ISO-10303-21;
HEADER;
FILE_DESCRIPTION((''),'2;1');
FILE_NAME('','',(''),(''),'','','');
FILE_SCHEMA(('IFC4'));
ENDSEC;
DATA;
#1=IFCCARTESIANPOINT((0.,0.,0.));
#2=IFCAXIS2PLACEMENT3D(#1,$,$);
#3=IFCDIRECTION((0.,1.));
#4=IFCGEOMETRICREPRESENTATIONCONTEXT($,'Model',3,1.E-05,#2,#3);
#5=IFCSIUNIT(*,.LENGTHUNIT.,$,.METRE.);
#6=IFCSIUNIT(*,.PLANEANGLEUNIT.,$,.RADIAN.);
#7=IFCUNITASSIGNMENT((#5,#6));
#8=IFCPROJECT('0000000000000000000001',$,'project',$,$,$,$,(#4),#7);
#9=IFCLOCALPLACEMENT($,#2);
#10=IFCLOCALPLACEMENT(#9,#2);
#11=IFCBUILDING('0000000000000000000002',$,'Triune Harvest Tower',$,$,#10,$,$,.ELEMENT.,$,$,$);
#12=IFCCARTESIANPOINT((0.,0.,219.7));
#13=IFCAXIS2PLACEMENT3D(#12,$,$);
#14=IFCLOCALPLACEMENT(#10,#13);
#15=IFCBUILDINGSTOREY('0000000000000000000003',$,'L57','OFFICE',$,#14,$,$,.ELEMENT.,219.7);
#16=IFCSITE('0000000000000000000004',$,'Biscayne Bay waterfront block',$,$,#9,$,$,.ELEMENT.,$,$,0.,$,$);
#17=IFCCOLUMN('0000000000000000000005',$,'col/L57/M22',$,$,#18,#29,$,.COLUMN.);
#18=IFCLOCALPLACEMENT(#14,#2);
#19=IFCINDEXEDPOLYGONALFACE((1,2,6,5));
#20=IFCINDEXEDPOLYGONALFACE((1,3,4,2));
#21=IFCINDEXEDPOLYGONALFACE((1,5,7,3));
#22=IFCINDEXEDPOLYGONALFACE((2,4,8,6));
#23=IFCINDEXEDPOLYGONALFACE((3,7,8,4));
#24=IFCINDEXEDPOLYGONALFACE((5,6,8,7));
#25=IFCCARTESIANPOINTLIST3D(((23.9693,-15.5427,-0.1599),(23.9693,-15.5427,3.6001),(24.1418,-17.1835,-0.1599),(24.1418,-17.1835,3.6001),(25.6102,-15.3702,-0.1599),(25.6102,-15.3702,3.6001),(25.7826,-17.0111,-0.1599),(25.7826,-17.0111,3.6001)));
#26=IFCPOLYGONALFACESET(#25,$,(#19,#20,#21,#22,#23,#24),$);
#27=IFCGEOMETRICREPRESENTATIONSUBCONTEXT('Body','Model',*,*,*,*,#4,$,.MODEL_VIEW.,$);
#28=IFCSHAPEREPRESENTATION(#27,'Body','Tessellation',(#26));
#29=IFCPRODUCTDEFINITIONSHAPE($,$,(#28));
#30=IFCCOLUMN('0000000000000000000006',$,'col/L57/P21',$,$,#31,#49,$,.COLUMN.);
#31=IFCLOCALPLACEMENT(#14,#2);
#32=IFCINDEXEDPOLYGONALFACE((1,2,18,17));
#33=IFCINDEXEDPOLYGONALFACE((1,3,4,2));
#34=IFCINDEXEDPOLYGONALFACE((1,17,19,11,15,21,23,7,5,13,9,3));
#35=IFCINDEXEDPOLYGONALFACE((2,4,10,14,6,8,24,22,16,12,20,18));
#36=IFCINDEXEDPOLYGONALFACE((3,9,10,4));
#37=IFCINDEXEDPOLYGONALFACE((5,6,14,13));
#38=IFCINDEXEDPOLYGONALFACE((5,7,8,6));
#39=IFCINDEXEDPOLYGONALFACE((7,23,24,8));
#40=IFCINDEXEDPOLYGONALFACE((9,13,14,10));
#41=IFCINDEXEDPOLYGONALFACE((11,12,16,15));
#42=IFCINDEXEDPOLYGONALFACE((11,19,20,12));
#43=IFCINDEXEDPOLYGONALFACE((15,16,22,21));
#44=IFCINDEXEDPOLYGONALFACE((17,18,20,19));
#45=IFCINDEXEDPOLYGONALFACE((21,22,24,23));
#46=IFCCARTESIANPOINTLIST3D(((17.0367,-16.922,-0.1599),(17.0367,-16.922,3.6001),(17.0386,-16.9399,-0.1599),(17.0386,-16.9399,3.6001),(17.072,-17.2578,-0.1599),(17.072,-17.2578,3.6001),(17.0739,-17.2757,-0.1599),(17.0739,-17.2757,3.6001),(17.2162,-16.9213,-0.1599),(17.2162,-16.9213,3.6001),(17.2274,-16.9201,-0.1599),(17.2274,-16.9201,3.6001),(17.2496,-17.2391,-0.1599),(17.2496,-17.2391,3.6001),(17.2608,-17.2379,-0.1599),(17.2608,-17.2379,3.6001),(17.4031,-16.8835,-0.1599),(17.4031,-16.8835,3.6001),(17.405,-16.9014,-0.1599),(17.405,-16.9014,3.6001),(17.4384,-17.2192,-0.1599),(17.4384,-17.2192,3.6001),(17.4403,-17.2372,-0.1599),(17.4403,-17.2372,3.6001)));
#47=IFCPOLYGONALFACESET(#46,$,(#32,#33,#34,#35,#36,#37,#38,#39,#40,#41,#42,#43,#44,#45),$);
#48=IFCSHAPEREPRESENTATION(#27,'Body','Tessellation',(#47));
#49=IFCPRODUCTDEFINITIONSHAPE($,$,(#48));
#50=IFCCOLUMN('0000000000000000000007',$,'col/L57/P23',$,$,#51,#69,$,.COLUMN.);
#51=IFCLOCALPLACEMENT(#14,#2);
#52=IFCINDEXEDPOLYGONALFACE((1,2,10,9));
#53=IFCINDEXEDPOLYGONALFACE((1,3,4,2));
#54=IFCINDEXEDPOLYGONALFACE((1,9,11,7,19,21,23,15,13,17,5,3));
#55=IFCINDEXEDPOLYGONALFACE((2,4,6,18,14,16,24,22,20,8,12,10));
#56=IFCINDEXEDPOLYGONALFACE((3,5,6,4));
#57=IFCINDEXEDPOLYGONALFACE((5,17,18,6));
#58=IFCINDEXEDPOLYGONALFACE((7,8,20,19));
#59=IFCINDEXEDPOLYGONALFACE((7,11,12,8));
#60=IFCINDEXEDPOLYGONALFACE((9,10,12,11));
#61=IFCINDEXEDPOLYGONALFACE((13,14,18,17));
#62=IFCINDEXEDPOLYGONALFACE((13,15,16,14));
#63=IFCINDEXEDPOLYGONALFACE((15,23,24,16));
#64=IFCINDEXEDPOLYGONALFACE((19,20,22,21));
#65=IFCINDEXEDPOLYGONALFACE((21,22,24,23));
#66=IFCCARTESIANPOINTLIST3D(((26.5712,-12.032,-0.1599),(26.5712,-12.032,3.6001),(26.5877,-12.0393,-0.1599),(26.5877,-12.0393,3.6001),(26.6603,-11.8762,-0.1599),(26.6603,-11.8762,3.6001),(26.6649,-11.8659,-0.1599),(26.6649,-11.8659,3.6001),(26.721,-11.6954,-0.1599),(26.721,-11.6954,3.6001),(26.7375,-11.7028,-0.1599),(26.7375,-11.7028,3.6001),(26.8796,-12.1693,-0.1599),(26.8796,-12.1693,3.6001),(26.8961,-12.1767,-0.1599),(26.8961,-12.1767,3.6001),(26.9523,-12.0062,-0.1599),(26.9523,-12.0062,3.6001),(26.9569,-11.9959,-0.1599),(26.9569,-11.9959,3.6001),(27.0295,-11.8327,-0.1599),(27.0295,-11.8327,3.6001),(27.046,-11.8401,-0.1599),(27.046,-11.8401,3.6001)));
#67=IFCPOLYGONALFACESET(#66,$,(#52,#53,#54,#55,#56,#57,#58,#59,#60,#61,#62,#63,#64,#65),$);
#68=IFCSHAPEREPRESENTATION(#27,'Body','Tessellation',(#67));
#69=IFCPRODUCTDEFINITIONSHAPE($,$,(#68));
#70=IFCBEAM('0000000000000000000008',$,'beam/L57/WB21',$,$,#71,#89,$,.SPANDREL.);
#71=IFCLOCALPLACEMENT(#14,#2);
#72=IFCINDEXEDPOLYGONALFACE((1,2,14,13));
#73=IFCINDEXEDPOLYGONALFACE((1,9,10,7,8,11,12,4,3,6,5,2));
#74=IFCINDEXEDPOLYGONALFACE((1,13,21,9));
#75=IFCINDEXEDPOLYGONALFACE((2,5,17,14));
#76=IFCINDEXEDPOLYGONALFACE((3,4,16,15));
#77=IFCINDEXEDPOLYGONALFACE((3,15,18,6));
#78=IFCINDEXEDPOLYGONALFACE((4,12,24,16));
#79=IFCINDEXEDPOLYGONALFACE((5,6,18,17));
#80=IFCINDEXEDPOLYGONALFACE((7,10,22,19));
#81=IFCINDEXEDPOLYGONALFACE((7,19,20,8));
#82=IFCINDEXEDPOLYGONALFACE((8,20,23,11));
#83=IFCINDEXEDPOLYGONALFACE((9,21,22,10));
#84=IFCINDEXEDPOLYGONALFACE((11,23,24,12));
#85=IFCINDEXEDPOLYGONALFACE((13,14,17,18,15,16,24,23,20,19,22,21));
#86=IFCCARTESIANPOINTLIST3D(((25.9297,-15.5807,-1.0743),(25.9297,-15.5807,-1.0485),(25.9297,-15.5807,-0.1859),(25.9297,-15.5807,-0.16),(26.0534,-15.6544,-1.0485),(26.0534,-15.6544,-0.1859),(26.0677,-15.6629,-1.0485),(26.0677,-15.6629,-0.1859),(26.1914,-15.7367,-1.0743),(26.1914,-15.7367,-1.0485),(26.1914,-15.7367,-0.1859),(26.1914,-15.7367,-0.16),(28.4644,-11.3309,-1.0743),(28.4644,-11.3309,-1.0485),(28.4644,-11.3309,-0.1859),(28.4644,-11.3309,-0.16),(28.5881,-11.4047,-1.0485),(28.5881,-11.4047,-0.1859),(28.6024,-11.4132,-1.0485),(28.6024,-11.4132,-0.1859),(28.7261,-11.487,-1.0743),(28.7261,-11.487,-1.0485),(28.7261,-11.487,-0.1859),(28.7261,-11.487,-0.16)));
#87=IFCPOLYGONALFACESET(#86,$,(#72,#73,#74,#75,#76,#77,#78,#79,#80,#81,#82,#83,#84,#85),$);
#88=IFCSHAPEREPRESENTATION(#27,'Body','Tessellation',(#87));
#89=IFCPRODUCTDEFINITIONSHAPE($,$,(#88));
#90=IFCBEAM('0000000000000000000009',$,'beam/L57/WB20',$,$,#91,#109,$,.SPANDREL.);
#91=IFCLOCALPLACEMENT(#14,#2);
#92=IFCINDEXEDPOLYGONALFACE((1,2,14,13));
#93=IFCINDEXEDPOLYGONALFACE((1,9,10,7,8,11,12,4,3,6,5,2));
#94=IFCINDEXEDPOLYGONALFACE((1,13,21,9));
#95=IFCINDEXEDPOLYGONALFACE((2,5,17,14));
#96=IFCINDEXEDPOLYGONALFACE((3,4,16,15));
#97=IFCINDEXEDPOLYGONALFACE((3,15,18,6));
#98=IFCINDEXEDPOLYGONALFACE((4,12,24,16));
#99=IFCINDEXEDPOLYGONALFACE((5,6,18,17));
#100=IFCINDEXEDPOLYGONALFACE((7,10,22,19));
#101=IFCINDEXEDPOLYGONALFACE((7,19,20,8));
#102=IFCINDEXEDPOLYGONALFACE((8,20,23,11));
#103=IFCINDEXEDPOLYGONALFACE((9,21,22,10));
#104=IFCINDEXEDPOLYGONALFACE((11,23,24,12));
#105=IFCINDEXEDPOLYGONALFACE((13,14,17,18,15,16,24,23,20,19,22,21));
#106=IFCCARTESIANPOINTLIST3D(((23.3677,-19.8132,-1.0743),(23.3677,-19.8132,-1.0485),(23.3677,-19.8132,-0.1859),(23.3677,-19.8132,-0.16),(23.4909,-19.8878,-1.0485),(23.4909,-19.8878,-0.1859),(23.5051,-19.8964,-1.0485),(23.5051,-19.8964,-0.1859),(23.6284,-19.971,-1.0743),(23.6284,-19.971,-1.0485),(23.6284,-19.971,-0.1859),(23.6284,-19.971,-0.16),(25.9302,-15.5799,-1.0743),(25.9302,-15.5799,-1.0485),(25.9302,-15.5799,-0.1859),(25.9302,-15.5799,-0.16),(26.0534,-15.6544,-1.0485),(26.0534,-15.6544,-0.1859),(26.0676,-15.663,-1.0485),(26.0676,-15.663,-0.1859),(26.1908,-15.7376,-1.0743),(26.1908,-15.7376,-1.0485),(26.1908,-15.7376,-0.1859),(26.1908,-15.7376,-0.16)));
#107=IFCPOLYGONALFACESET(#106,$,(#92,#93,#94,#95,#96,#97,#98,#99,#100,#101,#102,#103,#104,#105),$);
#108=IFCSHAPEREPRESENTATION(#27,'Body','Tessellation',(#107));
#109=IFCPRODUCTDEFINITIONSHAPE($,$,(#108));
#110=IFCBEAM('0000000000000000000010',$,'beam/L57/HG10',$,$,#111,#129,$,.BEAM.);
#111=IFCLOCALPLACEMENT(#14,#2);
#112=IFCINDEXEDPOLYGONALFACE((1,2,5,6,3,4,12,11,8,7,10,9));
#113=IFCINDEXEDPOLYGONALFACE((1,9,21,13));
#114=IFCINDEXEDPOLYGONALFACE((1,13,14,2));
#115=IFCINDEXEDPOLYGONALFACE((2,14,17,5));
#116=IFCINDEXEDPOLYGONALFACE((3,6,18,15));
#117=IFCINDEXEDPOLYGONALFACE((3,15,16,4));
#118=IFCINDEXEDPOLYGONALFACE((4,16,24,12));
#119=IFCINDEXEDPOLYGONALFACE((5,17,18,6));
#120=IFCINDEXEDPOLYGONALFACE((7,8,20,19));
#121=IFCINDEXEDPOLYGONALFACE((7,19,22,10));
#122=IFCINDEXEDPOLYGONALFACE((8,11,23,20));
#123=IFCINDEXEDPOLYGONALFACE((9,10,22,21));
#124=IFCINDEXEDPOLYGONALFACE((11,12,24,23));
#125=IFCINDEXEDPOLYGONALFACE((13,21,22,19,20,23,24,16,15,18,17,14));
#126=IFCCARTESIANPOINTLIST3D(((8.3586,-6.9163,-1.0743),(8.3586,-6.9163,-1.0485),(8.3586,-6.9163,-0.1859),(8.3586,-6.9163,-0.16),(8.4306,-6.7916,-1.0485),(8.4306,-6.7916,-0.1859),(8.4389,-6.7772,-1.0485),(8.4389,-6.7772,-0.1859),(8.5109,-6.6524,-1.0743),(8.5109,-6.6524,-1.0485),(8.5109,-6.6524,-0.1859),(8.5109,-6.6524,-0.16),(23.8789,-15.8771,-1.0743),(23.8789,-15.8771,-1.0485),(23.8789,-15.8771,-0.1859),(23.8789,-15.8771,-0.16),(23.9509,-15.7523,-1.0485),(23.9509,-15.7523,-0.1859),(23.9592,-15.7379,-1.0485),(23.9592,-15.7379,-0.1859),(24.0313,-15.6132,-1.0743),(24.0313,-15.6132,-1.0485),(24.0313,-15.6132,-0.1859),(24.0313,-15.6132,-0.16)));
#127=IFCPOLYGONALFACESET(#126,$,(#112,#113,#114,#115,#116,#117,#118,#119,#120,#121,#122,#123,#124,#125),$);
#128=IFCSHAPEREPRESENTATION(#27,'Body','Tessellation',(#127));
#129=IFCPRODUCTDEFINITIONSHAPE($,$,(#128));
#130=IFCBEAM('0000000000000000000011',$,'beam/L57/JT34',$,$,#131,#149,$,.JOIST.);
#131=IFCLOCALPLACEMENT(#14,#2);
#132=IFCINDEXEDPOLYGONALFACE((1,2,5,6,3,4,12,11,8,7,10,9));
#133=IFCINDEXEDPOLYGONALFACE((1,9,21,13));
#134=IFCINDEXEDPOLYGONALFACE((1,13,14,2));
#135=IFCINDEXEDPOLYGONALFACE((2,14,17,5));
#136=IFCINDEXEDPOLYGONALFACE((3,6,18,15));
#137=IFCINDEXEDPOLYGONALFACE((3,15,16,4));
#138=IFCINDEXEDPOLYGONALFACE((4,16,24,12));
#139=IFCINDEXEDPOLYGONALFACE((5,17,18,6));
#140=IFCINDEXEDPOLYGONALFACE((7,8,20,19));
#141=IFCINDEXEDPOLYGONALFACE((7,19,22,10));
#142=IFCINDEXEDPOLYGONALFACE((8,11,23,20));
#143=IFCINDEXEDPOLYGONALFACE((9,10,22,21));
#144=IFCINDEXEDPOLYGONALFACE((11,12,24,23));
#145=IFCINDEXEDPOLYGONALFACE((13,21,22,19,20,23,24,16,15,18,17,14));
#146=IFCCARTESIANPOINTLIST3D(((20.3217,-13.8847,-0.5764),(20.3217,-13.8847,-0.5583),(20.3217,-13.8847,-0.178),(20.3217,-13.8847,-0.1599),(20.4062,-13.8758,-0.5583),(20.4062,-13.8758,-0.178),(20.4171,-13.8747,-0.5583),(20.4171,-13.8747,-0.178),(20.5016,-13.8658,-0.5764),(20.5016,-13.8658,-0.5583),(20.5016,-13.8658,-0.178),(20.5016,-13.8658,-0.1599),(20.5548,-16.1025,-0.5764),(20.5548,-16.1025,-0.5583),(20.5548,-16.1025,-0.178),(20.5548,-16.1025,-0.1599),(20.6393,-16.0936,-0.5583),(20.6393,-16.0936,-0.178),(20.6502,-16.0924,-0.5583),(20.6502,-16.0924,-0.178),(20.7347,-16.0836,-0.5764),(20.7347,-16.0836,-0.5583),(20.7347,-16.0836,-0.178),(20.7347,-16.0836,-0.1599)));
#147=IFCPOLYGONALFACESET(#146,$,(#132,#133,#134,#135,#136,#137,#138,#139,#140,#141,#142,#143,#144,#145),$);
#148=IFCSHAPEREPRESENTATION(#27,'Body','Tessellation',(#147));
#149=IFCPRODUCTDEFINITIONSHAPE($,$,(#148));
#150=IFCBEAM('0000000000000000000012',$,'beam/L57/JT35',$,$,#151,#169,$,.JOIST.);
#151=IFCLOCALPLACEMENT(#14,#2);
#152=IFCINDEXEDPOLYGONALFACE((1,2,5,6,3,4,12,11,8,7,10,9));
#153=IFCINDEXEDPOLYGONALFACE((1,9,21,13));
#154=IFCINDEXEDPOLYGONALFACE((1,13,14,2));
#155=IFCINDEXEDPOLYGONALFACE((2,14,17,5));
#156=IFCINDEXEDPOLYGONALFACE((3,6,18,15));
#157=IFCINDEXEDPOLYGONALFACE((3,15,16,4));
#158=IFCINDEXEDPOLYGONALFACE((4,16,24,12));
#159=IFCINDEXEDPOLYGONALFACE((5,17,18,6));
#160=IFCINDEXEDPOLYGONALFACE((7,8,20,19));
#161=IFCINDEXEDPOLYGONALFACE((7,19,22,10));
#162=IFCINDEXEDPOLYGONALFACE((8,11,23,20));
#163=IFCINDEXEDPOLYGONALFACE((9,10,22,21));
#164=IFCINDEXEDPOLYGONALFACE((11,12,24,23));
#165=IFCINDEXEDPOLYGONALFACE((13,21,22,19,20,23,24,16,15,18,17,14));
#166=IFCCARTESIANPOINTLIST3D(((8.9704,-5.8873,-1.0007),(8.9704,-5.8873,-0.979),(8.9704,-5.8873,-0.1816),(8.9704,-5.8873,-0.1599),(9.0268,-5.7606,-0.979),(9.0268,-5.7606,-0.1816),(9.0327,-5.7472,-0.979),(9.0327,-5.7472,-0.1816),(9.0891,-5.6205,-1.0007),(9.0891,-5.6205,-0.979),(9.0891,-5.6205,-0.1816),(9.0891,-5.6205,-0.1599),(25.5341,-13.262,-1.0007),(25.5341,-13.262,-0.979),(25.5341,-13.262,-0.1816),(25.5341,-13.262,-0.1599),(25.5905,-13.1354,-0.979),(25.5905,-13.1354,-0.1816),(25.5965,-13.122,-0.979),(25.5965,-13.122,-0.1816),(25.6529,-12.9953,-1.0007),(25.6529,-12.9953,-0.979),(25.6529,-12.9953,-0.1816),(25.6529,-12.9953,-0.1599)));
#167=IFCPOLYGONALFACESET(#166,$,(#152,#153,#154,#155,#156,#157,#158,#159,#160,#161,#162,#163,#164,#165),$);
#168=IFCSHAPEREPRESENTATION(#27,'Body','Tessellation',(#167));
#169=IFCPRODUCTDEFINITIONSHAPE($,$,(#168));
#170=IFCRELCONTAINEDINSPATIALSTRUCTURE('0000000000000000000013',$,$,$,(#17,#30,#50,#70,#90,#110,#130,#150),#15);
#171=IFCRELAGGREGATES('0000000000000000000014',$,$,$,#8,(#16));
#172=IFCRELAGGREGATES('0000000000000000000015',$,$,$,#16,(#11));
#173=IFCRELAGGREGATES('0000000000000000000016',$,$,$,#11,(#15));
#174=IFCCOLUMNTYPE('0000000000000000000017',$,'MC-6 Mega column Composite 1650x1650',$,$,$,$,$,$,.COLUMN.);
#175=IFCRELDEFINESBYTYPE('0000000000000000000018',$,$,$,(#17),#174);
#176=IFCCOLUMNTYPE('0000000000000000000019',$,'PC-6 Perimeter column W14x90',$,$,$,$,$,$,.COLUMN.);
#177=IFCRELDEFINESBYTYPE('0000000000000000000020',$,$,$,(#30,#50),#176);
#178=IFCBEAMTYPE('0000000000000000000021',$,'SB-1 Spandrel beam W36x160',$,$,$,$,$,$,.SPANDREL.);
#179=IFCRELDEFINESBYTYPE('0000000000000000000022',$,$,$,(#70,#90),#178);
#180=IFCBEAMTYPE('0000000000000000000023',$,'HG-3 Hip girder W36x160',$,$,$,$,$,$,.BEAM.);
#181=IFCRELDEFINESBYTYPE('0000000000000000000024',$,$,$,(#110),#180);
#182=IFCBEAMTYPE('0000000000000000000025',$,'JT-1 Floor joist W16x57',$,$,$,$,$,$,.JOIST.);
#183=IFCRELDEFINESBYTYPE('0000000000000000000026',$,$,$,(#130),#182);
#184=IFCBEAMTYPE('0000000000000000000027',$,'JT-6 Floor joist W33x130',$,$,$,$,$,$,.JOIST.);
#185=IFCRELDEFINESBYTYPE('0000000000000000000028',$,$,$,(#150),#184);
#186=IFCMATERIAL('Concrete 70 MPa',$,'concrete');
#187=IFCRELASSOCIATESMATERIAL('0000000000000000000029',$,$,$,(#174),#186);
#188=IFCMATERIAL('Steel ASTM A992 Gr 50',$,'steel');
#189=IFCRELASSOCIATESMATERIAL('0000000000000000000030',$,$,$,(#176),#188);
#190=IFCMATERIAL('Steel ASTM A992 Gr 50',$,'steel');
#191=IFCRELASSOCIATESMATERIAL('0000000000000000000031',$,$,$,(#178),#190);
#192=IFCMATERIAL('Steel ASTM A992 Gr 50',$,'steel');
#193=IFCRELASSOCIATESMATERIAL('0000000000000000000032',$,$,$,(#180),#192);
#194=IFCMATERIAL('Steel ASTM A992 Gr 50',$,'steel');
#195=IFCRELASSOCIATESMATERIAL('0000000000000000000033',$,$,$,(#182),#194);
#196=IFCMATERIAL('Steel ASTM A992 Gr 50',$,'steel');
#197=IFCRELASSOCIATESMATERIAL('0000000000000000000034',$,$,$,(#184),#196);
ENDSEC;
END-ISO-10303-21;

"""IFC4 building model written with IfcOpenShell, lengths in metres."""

from ifc_helpers import new_model, si_unit, direction, frame, origin, origin_2d, place, context, subcontext, project, spatial, rectangle, i_section, extrude, source, transform, mapped, material, material_profile, profile_set, type_object, element, save


model = new_model("IFC4")

# Units and contexts
model_context = context("Model", 3, precision=1e-05, world=origin(), true_north=direction((0.0, 1.0)))
body_context = subcontext(model_context, "Body", "Model", "MODEL_VIEW")
ifc_project = project(units=[si_unit("LENGTHUNIT", "METRE"), si_unit("PLANEANGLEUNIT", "RADIAN")], contexts=[model_context])

# Site, building, storey
site_placement = place(None, origin())
site = spatial("IfcSite", under=ifc_project, at=site_placement, Name="Biscayne Bay waterfront block", CompositionType="ELEMENT", RefElevation=0.0)
building_placement = place(site_placement, origin())
building = spatial("IfcBuilding", under=site, at=building_placement, Name="Triune Harvest Tower", CompositionType="ELEMENT")
storey_placement = place(building_placement, frame((0.0, 0.0, 219.7)))
storey = spatial("IfcBuildingStorey", under=building, at=storey_placement, Name="L57", Description="OFFICE", CompositionType="ELEMENT", Elevation=219.7)

# Columns
ifc_material_1 = material(Name="Concrete 70 MPa", Category="concrete")
ifc_material_profile_1 = material_profile(ifc_material_1, rectangle(XDim=1.6499, YDim=1.6499, at=origin_2d()), Name="Composite 1650x1650")
ifc_profile_set_1 = profile_set([ifc_material_profile_1], Name="Concrete 70 MPa")
column_type_1 = type_object("IfcColumnType", Name="MC-6 Mega column Composite 1650x1650", PredefinedType="COLUMN", material=ifc_profile_set_1)
shared_shape_1 = source(origin(), body_context, "Body", "SweptSolid", [
    extrude(rectangle(XDim=1.6499, YDim=1.6499, at=origin_2d()), origin(), (0.0, 0.0, 1.0), 3.76),
])
column_placement = place(storey_placement, frame((24.876, -16.2769, -0.1599), z_axis=(0.0, 0.0, 1.0), x_axis=(0.994522, 0.10453, 0.0)))
element("IfcColumn", 1, at=column_placement, inside=storey, type_object=column_type_1, Name="col/L57/M22", PredefinedType="COLUMN", context=body_context, shape_type="MappedRepresentation", body=[
    mapped(shared_shape_1, transform((0.0, 0.0, 0.0), scale=1.0)),
])
ifc_material_2 = material(Name="Steel ASTM A992 Gr 50", Category="steel")
ifc_material_profile_2 = material_profile(ifc_material_2, i_section(OverallWidth=0.3684, OverallDepth=0.3557, WebThickness=0.0112, FlangeThickness=0.0181, at=origin_2d()), Name="W14x90")
ifc_profile_set_2 = profile_set([ifc_material_profile_2], Name="Steel ASTM A992 Gr 50")
column_type_2 = type_object("IfcColumnType", Name="PC-6 Perimeter column W14x90", PredefinedType="COLUMN", material=ifc_profile_set_2)
shared_shape_2 = source(origin(), body_context, "Body", "SweptSolid", [
    extrude(i_section(OverallWidth=0.3684, OverallDepth=0.3557, WebThickness=0.0112, FlangeThickness=0.0181, at=origin_2d()), origin(), (0.0, 0.0, 1.0), 3.76),
])
for number, where, z_axis, x_axis, name in (
    (2, (17.2385, -17.0796, -0.1599), (0.0, 0.0, 1.0), (0.994522, 0.10453, 0.0), "col/L57/P21"),
    (3, (26.8086, -11.936, -0.1599), (0.0, 0.0, 1.0), (0.406741, 0.913543, 0.0), "col/L57/P23"),
):
    element("IfcColumn", number, at=place(storey_placement, frame(where, z_axis=z_axis, x_axis=x_axis)), inside=storey, type_object=column_type_2, Name=name, PredefinedType="COLUMN", context=body_context, shape_type="MappedRepresentation", body=[
        mapped(shared_shape_2, transform((0.0, 0.0, 0.0), scale=1.0)),
    ])

# Beams
ifc_material_3 = material(Name="Steel ASTM A992 Gr 50", Category="steel")
ifc_material_profile_3 = material_profile(ifc_material_3, i_section(OverallWidth=0.3047, OverallDepth=0.9143, WebThickness=0.0166, FlangeThickness=0.0259, at=origin_2d()), Name="W36x160")
ifc_profile_set_3 = profile_set([ifc_material_profile_3], Name="Steel ASTM A992 Gr 50")
beam_type_1 = type_object("IfcBeamType", Name="SB-1 Spandrel beam W36x160", PredefinedType="SPANDREL", material=ifc_profile_set_3)
shared_shape_3 = source(origin(), body_context, "Body", "SweptSolid", [
    extrude(i_section(OverallWidth=0.3047, OverallDepth=0.9143, WebThickness=0.0166, FlangeThickness=0.0259, at=origin_2d()), origin(), (0.0, 0.0, 1.0), 4.9482),
])
beam_1_placement = place(storey_placement, frame((26.0605, -15.6587, -0.6172), z_axis=(0.512237, 0.858844, 0.0), x_axis=(-0.858844, 0.512237, 0.0)))
element("IfcBeam", 4, at=beam_1_placement, inside=storey, type_object=beam_type_1, Name="beam/L57/WB21", PredefinedType="SPANDREL", context=body_context, shape_type="MappedRepresentation", body=[
    mapped(shared_shape_3, transform((0.0, 0.0, 0.0), scale=1.0)),
])
shared_shape_4 = source(origin(), body_context, "Body", "SweptSolid", [
    extrude(i_section(OverallWidth=0.3047, OverallDepth=0.9143, WebThickness=0.0166, FlangeThickness=0.0259, at=origin_2d()), origin(), (0.0, 0.0, 1.0), 4.9485),
])
beam_2_placement = place(storey_placement, frame((23.498, -19.8921, -0.6172), z_axis=(0.517829, 0.855484, 0.0), x_axis=(-0.855484, 0.517829, 0.0)))
element("IfcBeam", 5, at=beam_2_placement, inside=storey, type_object=beam_type_1, Name="beam/L57/WB20", PredefinedType="SPANDREL", context=body_context, shape_type="MappedRepresentation", body=[
    mapped(shared_shape_4, transform((0.0, 0.0, 0.0), scale=1.0)),
])
ifc_material_4 = material(Name="Steel ASTM A992 Gr 50", Category="steel")
ifc_material_profile_4 = material_profile(ifc_material_4, i_section(OverallWidth=0.3047, OverallDepth=0.9143, WebThickness=0.0166, FlangeThickness=0.0259, at=origin_2d()), Name="W36x160")
ifc_profile_set_4 = profile_set([ifc_material_profile_4], Name="Steel ASTM A992 Gr 50")
beam_type_2 = type_object("IfcBeamType", Name="HG-3 Hip girder W36x160", PredefinedType="BEAM", material=ifc_profile_set_4)
shared_shape_5 = source(origin(), body_context, "Body", "SweptSolid", [
    extrude(i_section(OverallWidth=0.3047, OverallDepth=0.9143, WebThickness=0.0166, FlangeThickness=0.0259, at=origin_2d()), origin(), (0.0, 0.0, 1.0), 17.9214),
])
beam_3_placement = place(storey_placement, frame((23.9551, -15.7451, -0.6172), z_axis=(-0.866024, 0.500003, 0.0), x_axis=(-0.500003, -0.866024, 0.0)))
element("IfcBeam", 6, at=beam_3_placement, inside=storey, type_object=beam_type_2, Name="beam/L57/HG10", PredefinedType="BEAM", context=body_context, shape_type="MappedRepresentation", body=[
    mapped(shared_shape_5, transform((0.0, 0.0, 0.0), scale=1.0)),
])
ifc_material_5 = material(Name="Steel ASTM A992 Gr 50", Category="steel")
ifc_material_profile_5 = material_profile(ifc_material_5, i_section(OverallWidth=0.1809, OverallDepth=0.4165, WebThickness=0.011, FlangeThickness=0.0181, at=origin_2d()), Name="W16x57")
ifc_profile_set_5 = profile_set([ifc_material_profile_5], Name="Steel ASTM A992 Gr 50")
beam_type_3 = type_object("IfcBeamType", Name="JT-1 Floor joist W16x57", PredefinedType="JOIST", material=ifc_profile_set_5)
shared_shape_6 = source(origin(), body_context, "Body", "SweptSolid", [
    extrude(i_section(OverallWidth=0.1809, OverallDepth=0.4165, WebThickness=0.011, FlangeThickness=0.0181, at=origin_2d()), origin(), (0.0, 0.0, 1.0), 2.23),
])
beam_4_placement = place(storey_placement, frame((20.6448, -16.093, -0.3682), z_axis=(-0.104554, 0.994519, 0.0), x_axis=(-0.994519, -0.104554, 0.0)))
element("IfcBeam", 7, at=beam_4_placement, inside=storey, type_object=beam_type_3, Name="beam/L57/JT34", PredefinedType="JOIST", context=body_context, shape_type="MappedRepresentation", body=[
    mapped(shared_shape_6, transform((0.0, 0.0, 0.0), scale=1.0)),
])
ifc_material_6 = material(Name="Steel ASTM A992 Gr 50", Category="steel")
ifc_material_profile_6 = material_profile(ifc_material_6, i_section(OverallWidth=0.292, OverallDepth=0.8408, WebThickness=0.0146, FlangeThickness=0.0217, at=origin_2d()), Name="W33x130")
ifc_profile_set_6 = profile_set([ifc_material_profile_6], Name="Steel ASTM A992 Gr 50")
beam_type_4 = type_object("IfcBeamType", Name="JT-6 Floor joist W33x130", PredefinedType="JOIST", material=ifc_profile_set_6)
shared_shape_7 = source(origin(), body_context, "Body", "SweptSolid", [
    extrude(i_section(OverallWidth=0.292, OverallDepth=0.8408, WebThickness=0.0146, FlangeThickness=0.0217, at=origin_2d()), origin(), (0.0, 0.0, 1.0), 18.1313),
])
beam_5_placement = place(storey_placement, frame((25.5935, -13.1287, -0.5803), z_axis=(-0.913543, 0.406742, 0.0), x_axis=(-0.406742, -0.913543, 0.0)))
element("IfcBeam", 8, at=beam_5_placement, inside=storey, type_object=beam_type_4, Name="beam/L57/JT35", PredefinedType="JOIST", context=body_context, shape_type="MappedRepresentation", body=[
    mapped(shared_shape_7, transform((0.0, 0.0, 0.0), scale=1.0)),
])

save(model, "model.ifc")
